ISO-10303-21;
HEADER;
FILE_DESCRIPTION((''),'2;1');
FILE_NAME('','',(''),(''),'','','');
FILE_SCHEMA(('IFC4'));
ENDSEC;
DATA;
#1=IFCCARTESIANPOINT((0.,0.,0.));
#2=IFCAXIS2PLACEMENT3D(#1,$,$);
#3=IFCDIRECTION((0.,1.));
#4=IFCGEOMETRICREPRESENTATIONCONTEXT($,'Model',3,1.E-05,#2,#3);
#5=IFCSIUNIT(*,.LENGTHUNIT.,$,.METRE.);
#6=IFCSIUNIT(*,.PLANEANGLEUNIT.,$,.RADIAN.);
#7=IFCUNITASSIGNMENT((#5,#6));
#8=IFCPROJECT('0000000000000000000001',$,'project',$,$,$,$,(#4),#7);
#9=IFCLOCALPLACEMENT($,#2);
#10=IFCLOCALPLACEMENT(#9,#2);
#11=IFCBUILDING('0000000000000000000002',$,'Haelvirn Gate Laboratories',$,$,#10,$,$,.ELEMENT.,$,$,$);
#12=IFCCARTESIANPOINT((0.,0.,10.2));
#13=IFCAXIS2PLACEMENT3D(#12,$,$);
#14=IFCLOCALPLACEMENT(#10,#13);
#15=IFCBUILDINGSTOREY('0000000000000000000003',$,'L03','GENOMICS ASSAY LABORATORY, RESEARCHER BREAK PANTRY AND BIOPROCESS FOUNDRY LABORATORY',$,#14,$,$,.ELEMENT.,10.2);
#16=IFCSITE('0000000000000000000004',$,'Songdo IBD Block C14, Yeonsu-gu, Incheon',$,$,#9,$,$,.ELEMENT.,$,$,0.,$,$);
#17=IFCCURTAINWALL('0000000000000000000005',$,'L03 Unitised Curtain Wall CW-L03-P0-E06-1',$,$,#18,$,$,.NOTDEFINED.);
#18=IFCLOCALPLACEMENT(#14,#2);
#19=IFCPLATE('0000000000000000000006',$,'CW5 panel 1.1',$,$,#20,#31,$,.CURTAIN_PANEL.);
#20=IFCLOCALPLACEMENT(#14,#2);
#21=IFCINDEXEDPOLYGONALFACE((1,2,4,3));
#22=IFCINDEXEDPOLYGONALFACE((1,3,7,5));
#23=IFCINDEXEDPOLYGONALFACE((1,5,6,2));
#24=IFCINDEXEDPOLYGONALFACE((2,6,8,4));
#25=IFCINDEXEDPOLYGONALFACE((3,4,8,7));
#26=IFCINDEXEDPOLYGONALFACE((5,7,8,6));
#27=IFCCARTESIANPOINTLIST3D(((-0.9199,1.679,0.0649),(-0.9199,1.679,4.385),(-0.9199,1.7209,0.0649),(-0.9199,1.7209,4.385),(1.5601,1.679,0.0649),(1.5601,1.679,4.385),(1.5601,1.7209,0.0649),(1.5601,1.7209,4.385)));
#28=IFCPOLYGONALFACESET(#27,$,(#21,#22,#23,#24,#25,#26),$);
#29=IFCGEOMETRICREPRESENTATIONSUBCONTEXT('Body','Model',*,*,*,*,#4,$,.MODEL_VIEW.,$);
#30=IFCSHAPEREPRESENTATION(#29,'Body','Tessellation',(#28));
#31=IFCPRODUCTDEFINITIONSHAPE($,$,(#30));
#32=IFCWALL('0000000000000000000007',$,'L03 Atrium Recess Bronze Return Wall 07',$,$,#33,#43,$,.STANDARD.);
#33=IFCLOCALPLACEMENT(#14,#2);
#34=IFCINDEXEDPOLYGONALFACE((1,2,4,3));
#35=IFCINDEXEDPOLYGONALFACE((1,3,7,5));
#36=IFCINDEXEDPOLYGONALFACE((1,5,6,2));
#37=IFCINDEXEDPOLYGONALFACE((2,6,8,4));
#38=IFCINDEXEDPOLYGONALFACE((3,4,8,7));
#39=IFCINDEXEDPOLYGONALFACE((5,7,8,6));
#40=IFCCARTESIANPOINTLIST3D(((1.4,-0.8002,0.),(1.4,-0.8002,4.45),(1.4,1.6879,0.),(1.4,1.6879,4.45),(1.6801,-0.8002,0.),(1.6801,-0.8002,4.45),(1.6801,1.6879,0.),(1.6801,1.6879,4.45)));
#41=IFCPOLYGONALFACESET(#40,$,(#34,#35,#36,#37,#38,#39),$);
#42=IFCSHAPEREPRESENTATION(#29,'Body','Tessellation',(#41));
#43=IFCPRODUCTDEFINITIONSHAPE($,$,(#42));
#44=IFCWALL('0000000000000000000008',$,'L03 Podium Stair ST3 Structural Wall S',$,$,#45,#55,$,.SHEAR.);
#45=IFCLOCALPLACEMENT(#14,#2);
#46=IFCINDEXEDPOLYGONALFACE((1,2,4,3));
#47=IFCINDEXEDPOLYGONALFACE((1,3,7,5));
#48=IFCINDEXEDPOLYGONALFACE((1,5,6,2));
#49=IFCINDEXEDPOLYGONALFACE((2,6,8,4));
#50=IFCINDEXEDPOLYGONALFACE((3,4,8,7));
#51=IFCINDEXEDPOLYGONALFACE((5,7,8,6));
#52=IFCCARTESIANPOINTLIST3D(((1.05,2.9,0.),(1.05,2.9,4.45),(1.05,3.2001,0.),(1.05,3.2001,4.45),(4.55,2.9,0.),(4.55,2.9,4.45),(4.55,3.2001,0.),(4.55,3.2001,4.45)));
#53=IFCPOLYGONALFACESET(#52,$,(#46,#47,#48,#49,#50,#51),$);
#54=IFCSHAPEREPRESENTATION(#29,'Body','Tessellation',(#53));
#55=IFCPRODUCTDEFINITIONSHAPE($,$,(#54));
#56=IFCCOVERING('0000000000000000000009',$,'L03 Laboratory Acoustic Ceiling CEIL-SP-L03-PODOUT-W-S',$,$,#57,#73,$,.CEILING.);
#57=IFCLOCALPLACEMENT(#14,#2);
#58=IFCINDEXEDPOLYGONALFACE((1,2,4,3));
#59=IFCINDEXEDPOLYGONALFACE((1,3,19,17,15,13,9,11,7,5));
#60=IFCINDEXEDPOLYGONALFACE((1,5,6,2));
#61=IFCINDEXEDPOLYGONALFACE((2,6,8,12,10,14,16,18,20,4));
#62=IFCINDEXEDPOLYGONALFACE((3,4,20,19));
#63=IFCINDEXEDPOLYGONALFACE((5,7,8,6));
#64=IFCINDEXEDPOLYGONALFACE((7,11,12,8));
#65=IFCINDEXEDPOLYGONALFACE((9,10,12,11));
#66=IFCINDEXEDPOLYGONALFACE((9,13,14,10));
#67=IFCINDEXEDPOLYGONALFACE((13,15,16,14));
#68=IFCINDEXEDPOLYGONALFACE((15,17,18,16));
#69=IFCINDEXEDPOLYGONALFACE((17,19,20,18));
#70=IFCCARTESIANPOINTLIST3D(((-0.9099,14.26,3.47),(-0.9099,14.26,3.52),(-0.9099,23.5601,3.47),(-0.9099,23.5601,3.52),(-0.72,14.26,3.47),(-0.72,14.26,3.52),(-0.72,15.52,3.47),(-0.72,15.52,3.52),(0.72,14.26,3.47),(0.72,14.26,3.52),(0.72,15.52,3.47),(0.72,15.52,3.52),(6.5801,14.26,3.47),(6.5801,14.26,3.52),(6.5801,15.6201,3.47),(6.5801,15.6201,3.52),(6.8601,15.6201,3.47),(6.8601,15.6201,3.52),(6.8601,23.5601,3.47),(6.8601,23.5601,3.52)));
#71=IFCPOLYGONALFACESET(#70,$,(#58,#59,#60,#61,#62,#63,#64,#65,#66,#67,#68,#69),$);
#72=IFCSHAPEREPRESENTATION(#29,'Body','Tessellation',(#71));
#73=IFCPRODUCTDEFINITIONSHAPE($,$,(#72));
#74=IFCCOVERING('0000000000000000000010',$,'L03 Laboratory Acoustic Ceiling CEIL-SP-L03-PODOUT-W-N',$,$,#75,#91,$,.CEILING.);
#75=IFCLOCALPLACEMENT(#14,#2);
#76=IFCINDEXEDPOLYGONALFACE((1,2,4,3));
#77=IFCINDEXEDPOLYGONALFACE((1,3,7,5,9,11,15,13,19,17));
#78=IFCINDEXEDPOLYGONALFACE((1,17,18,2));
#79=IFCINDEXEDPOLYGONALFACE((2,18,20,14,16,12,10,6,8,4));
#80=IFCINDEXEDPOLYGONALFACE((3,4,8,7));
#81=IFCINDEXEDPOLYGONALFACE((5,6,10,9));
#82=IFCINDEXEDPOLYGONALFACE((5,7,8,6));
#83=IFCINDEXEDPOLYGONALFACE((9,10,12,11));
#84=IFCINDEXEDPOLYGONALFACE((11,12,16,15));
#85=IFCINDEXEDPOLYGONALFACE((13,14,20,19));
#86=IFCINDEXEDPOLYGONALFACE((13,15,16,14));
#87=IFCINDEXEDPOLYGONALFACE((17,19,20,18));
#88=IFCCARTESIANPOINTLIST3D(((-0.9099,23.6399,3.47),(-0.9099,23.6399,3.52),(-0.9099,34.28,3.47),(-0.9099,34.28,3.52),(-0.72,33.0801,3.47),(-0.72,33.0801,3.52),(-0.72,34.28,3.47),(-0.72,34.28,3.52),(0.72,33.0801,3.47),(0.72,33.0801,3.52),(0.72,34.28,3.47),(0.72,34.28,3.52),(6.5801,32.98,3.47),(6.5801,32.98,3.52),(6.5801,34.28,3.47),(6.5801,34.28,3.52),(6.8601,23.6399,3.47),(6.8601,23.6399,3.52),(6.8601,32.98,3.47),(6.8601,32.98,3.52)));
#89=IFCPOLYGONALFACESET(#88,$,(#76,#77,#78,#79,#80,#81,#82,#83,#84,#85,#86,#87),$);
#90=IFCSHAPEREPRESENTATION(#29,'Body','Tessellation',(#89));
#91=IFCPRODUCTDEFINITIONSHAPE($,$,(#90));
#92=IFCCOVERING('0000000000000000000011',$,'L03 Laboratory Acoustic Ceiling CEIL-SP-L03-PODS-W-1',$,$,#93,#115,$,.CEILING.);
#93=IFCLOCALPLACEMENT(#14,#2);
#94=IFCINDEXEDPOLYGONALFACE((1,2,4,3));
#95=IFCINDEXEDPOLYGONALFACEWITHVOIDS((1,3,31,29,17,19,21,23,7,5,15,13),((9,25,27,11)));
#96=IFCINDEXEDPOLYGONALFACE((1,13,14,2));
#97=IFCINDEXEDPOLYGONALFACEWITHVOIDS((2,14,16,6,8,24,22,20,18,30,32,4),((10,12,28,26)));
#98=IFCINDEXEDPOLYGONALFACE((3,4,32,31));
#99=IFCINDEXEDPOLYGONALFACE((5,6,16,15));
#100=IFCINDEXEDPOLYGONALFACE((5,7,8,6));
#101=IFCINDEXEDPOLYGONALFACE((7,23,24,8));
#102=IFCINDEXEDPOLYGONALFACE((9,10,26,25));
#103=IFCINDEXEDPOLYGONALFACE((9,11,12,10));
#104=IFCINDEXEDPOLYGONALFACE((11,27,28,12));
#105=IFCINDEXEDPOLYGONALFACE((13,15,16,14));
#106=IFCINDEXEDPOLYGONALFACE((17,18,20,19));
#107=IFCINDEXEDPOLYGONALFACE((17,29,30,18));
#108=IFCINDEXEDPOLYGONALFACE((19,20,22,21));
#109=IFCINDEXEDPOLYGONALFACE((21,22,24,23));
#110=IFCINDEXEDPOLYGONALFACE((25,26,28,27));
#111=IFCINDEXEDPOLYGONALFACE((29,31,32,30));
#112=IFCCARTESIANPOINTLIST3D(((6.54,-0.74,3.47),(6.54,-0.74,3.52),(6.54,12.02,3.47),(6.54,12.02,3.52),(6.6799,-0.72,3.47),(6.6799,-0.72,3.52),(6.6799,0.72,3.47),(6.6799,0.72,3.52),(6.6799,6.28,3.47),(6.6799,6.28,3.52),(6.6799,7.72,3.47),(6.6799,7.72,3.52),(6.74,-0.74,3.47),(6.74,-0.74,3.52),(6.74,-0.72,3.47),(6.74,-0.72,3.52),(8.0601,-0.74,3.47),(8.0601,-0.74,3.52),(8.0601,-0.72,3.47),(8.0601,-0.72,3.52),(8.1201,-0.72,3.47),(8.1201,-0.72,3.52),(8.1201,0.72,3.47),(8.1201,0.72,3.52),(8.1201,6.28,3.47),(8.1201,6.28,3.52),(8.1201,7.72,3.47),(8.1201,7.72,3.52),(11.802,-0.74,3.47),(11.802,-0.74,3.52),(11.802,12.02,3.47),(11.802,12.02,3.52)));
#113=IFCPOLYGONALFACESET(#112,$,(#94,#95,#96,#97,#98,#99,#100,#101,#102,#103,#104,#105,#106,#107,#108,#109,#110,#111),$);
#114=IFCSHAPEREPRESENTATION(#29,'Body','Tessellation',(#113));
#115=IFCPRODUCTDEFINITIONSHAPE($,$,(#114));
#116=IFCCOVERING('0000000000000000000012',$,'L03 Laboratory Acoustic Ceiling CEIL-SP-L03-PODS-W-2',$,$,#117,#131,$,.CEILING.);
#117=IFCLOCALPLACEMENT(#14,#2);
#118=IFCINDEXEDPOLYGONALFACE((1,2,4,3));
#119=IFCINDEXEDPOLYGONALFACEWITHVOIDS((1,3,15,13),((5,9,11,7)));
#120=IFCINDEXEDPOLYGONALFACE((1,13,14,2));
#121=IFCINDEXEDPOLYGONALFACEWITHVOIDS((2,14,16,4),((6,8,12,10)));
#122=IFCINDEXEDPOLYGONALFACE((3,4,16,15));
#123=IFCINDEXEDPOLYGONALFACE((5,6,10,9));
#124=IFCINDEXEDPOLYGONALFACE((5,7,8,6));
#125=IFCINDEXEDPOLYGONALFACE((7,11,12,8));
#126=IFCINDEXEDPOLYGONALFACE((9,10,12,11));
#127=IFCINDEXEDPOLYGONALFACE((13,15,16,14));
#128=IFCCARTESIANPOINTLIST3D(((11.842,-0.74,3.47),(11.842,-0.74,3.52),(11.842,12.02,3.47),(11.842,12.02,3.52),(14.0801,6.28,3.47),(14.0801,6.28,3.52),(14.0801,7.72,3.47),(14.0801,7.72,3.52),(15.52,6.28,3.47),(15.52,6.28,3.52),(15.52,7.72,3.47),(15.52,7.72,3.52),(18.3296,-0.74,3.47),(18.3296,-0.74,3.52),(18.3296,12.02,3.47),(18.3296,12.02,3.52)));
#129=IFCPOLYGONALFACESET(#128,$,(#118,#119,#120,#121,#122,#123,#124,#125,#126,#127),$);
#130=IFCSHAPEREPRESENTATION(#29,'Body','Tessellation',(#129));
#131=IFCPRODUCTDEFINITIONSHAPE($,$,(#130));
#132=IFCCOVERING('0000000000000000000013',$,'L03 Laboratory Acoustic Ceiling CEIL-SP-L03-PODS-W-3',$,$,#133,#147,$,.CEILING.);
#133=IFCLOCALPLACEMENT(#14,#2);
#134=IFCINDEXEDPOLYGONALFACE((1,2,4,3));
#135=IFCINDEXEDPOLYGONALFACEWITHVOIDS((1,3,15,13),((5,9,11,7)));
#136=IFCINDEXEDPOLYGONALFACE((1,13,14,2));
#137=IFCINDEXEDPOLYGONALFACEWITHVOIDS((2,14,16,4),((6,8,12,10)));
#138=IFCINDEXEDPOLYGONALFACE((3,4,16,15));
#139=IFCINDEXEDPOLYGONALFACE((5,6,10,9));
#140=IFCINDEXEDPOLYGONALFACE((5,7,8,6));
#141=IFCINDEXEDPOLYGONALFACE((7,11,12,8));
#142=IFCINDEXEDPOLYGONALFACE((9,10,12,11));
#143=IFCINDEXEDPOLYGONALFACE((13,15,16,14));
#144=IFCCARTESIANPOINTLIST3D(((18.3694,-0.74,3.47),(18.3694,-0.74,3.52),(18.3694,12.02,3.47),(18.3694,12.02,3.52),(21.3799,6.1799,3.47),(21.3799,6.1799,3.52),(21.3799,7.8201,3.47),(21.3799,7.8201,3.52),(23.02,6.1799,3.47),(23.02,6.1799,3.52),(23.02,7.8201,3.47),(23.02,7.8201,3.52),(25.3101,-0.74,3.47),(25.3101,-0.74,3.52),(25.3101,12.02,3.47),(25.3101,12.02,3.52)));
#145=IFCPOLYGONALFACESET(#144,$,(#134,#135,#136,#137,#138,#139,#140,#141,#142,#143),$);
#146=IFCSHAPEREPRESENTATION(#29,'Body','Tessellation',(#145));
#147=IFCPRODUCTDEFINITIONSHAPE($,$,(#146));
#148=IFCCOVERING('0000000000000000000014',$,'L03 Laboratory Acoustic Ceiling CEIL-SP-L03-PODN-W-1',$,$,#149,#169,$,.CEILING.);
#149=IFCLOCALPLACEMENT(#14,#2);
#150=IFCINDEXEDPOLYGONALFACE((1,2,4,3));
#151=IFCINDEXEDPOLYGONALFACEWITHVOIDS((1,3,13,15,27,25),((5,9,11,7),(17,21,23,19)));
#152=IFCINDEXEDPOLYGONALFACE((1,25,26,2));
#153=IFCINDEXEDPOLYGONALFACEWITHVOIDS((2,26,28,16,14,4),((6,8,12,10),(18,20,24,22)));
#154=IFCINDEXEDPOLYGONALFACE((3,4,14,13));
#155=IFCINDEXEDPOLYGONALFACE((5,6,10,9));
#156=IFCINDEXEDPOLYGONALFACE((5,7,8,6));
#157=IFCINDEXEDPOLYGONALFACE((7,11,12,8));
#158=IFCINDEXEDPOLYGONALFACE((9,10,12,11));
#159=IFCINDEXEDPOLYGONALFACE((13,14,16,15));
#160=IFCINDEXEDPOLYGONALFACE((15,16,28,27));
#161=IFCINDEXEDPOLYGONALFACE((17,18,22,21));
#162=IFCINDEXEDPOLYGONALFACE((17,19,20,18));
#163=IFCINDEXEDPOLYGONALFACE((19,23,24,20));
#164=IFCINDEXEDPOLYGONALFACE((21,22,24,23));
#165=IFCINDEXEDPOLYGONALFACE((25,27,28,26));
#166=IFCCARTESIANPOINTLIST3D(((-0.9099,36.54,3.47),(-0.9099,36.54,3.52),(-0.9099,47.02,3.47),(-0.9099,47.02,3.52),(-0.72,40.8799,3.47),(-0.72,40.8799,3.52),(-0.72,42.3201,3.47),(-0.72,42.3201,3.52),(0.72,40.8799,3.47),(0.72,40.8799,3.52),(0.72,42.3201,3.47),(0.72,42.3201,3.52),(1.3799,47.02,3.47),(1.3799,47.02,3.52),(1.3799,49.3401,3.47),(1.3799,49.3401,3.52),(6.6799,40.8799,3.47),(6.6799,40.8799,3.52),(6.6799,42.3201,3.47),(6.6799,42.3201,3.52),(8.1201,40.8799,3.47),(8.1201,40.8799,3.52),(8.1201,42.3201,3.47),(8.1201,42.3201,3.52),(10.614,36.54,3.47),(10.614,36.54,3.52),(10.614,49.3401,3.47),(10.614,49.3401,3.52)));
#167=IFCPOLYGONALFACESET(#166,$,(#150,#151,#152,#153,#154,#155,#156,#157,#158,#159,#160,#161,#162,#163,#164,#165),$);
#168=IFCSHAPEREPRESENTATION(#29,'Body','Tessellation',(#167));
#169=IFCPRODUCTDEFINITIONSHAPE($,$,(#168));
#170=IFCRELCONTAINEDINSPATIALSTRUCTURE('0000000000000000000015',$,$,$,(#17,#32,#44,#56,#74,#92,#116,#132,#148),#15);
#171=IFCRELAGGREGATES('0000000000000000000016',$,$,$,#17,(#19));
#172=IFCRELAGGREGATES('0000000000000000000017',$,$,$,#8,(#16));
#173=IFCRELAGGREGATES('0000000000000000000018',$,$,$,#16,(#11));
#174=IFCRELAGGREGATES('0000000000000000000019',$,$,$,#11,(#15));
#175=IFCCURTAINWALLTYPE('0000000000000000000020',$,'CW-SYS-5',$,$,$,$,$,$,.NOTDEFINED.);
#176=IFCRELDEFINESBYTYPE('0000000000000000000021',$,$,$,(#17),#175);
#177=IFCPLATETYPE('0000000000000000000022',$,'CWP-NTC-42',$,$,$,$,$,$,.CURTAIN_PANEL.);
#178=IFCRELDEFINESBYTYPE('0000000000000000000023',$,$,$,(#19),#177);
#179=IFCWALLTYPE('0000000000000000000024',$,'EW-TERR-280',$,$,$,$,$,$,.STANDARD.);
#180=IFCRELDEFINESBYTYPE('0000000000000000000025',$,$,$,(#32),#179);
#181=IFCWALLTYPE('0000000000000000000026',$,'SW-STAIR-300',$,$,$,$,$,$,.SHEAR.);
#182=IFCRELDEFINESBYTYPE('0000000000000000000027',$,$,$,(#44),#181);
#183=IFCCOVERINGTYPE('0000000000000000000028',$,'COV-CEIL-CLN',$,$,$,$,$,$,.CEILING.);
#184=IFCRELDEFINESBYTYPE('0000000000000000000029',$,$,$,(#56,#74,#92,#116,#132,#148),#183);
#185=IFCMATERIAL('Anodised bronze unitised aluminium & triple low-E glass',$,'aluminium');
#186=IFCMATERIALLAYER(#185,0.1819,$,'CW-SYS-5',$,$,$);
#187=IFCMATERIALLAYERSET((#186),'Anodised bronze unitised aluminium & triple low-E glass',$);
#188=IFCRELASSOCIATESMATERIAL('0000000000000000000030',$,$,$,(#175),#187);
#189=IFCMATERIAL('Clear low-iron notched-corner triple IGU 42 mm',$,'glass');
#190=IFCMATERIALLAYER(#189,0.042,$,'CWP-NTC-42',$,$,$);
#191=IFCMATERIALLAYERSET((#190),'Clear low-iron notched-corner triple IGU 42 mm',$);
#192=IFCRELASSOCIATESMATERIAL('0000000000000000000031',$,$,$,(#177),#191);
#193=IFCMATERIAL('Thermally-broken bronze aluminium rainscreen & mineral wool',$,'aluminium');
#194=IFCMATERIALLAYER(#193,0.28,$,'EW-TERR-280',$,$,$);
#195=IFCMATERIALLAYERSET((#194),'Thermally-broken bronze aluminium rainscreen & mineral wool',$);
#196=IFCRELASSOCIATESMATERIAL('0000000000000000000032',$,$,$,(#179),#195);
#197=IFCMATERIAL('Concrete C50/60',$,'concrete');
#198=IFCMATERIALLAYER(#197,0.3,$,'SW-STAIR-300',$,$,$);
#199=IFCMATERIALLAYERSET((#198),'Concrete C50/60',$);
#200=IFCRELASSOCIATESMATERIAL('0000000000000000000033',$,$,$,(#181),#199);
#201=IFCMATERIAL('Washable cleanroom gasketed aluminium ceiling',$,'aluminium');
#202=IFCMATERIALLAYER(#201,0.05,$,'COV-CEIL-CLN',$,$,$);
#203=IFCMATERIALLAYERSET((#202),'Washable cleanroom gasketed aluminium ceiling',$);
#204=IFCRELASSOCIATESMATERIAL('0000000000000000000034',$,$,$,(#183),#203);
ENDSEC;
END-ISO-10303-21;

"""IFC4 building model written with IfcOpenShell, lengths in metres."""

from ifc_helpers import new_model, si_unit, direction, frame, frame_2d, origin, origin_2d, place, context, subcontext, project, spatial, polyline, rectangle, outline, extrude, source, transform, mapped, material, layer, layer_set, type_object, type_shapes, element, aggregate, save


model = new_model("IFC4")

# Units and contexts
model_context = context("Model", 3, precision=1e-05, world=origin(), true_north=direction((0.0, 1.0)))
body_context = subcontext(model_context, "Body", "Model", "MODEL_VIEW")
ifc_project = project(units=[si_unit("LENGTHUNIT", "METRE"), si_unit("PLANEANGLEUNIT", "RADIAN")], contexts=[model_context])

# Site, building, storey
site_placement = place(None, origin())
site = spatial("IfcSite", under=ifc_project, at=site_placement, Name="Songdo IBD Block C14, Yeonsu-gu, Incheon", CompositionType="ELEMENT", RefElevation=0.0)
building_placement = place(site_placement, origin())
building = spatial("IfcBuilding", under=site, at=building_placement, Name="Haelvirn Gate Laboratories", CompositionType="ELEMENT")
storey_placement = place(building_placement, frame((0.0, 0.0, 10.2)))
storey = spatial("IfcBuildingStorey", under=building, at=storey_placement, Name="L03", Description="GENOMICS ASSAY LABORATORY, RESEARCHER BREAK PANTRY AND BIOPROCESS FOUNDRY LABORATORY", CompositionType="ELEMENT", Elevation=10.2)

# Curtain wall
ifc_material_1 = material(Name="Anodised bronze unitised aluminium & triple low-E glass", Category="aluminium")
ifc_layer_1 = layer(ifc_material_1, 0.1819, Name="CW-SYS-5")
ifc_layer_set_1 = layer_set([ifc_layer_1], Name="Anodised bronze unitised aluminium & triple low-E glass")
curtain_wall_type_1 = type_object("IfcCurtainWallType", Name="CW-SYS-5", PredefinedType="NOTDEFINED", material=ifc_layer_set_1)
curtain_wall_1_placement = place(storey_placement, origin())
curtain_wall_1 = element("IfcCurtainWall", 1, at=curtain_wall_1_placement, inside=storey, type_object=curtain_wall_type_1, Name="L03 Unitised Curtain Wall CW-L03-P0-E06-1", PredefinedType="NOTDEFINED")

# Shared definitions
ifc_material_2 = material(Name="Concrete C50/60", Category="concrete")

# Plate
ifc_material_3 = material(Name="Clear low-iron notched-corner triple IGU 42 mm", Category="glass")
ifc_layer_2 = layer(ifc_material_3, 0.042, Name="CWP-NTC-42")
ifc_layer_set_2 = layer_set([ifc_layer_2], Name="Clear low-iron notched-corner triple IGU 42 mm")
plate_type_1 = type_object("IfcPlateType", Name="CWP-NTC-42", PredefinedType="CURTAIN_PANEL", material=ifc_layer_set_2)
shared_shape_1 = source(origin(), body_context, "Body", "SweptSolid", [
    extrude(rectangle(XDim=2.48, YDim=0.042, at=origin_2d()), origin(), (0.0, 0.0, 1.0), 4.3201),
])
type_shapes(plate_type_1, [shared_shape_1])
plate_1_placement = place(storey_placement, frame((0.3201, 1.7, 0.0649), z_axis=(0.0, 0.0, 1.0), x_axis=(1.0, 0.0, 0.0)))
plate_1 = element("IfcPlate", 2, at=plate_1_placement, type_object=plate_type_1, Name="CW5 panel 1.1", PredefinedType="CURTAIN_PANEL", context=body_context, shape_type="MappedRepresentation", body=[
    mapped(shared_shape_1, transform((0.0, 0.0, 0.0), scale=1.0)),
])
aggregate(curtain_wall_1, [plate_1])

# Walls
ifc_material_4 = material(Name="Thermally-broken bronze aluminium rainscreen & mineral wool", Category="aluminium")
ifc_layer_3 = layer(ifc_material_4, 0.28, Name="EW-TERR-280")
ifc_layer_set_3 = layer_set([ifc_layer_3], Name="Thermally-broken bronze aluminium rainscreen & mineral wool")
wall_type_1 = type_object("IfcWallType", Name="EW-TERR-280", PredefinedType="STANDARD", material=ifc_layer_set_3)
wall_1_placement = place(storey_placement, frame((1.54, 1.688, 0.0), z_axis=(0.0, 0.0, 1.0), x_axis=(0.0, -1.0, 0.0)))
element("IfcWall", 3, at=wall_1_placement, inside=storey, type_object=wall_type_1, Name="L03 Atrium Recess Bronze Return Wall 07", PredefinedType="STANDARD", context=body_context, shape_type="SweptSolid", body=[
    extrude(rectangle(XDim=2.488, YDim=0.28, at=frame_2d((1.2441, 0.0))), origin(), (0.0, 0.0, 1.0), 4.45),
])
ifc_layer_4 = layer(ifc_material_2, 0.3, Name="SW-STAIR-300")
ifc_layer_set_4 = layer_set([ifc_layer_4], Name="Concrete C50/60")
wall_type_2 = type_object("IfcWallType", Name="SW-STAIR-300", PredefinedType="SHEAR", material=ifc_layer_set_4)
wall_2_placement = place(storey_placement, frame((1.05, 3.05, 0.0), z_axis=(0.0, 0.0, 1.0), x_axis=(1.0, 0.0, 0.0)))
element("IfcWall", 4, at=wall_2_placement, inside=storey, type_object=wall_type_2, Name="L03 Podium Stair ST3 Structural Wall S", PredefinedType="SHEAR", context=body_context, shape_type="SweptSolid", body=[
    extrude(rectangle(XDim=3.5, YDim=0.3, at=frame_2d((1.75, 0.0))), origin(), (0.0, 0.0, 1.0), 4.45),
])

# Coverings
ifc_material_5 = material(Name="Washable cleanroom gasketed aluminium ceiling", Category="aluminium")
ifc_layer_5 = layer(ifc_material_5, 0.05, Name="COV-CEIL-CLN")
ifc_layer_set_5 = layer_set([ifc_layer_5], Name="Washable cleanroom gasketed aluminium ceiling")
covering_type_1 = type_object("IfcCoveringType", Name="COV-CEIL-CLN", PredefinedType="CEILING", material=ifc_layer_set_5)
covering_1_placement = place(storey_placement, frame((0.0, 0.0, 3.47)))
element("IfcCovering", 5, at=covering_1_placement, inside=storey, type_object=covering_type_1, Name="L03 Laboratory Acoustic Ceiling CEIL-SP-L03-PODOUT-W-S", PredefinedType="CEILING", context=body_context, shape_type="SweptSolid", body=[
    extrude(outline(polyline([(-0.9099, 14.26), (-0.9099, 23.5601), (6.8601, 23.5601), (6.8601, 15.6201), (6.5801, 15.6201), (6.5801, 14.26), (0.72, 14.26), (0.72, 15.52), (-0.72, 15.52), (-0.72, 14.26), (-0.9099, 14.26)])), origin(), (0.0, 0.0, 1.0), 0.05),
])
covering_2_placement = place(storey_placement, frame((0.0, 0.0, 3.47)))
element("IfcCovering", 6, at=covering_2_placement, inside=storey, type_object=covering_type_1, Name="L03 Laboratory Acoustic Ceiling CEIL-SP-L03-PODOUT-W-N", PredefinedType="CEILING", context=body_context, shape_type="SweptSolid", body=[
    extrude(outline(polyline([(6.5801, 34.28), (6.5801, 32.98), (6.8601, 32.98), (6.8601, 23.6399), (-0.9099, 23.6399), (-0.9099, 34.28), (-0.72, 34.28), (-0.72, 33.0801), (0.72, 33.0801), (0.72, 34.28), (6.5801, 34.28)])), origin(), (0.0, 0.0, 1.0), 0.05),
])
covering_3_placement = place(storey_placement, frame((0.0, 0.0, 3.47)))
element("IfcCovering", 7, at=covering_3_placement, inside=storey, type_object=covering_type_1, Name="L03 Laboratory Acoustic Ceiling CEIL-SP-L03-PODS-W-1", PredefinedType="CEILING", context=body_context, shape_type="SweptSolid", body=[
    extrude(outline(polyline([(8.0601, -0.72), (8.1201, -0.72), (8.1201, 0.72), (6.6799, 0.72), (6.6799, -0.72), (6.74, -0.72), (6.74, -0.74), (6.54, -0.74), (6.54, 12.02), (11.802, 12.02), (11.802, -0.74), (8.0601, -0.74), (8.0601, -0.72)]), holes=[polyline([(6.6799, 7.72), (6.6799, 6.28), (8.1201, 6.28), (8.1201, 7.72), (6.6799, 7.72)])]), origin(), (0.0, 0.0, 1.0), 0.05),
])
covering_4_placement = place(storey_placement, frame((0.0, 0.0, 3.47)))
element("IfcCovering", 8, at=covering_4_placement, inside=storey, type_object=covering_type_1, Name="L03 Laboratory Acoustic Ceiling CEIL-SP-L03-PODS-W-2", PredefinedType="CEILING", context=body_context, shape_type="SweptSolid", body=[
    extrude(outline(polyline([(18.3296, -0.74), (11.842, -0.74), (11.842, 12.02), (18.3296, 12.02), (18.3296, -0.74)]), holes=[polyline([(15.52, 7.72), (14.0801, 7.72), (14.0801, 6.28), (15.52, 6.28), (15.52, 7.72)])]), origin(), (0.0, 0.0, 1.0), 0.05),
])
covering_5_placement = place(storey_placement, frame((0.0, 0.0, 3.47)))
element("IfcCovering", 9, at=covering_5_placement, inside=storey, type_object=covering_type_1, Name="L03 Laboratory Acoustic Ceiling CEIL-SP-L03-PODS-W-3", PredefinedType="CEILING", context=body_context, shape_type="SweptSolid", body=[
    extrude(outline(polyline([(25.3101, -0.74), (18.3694, -0.74), (18.3694, 12.02), (25.3101, 12.02), (25.3101, -0.74)]), holes=[polyline([(23.02, 7.8201), (21.3799, 7.8201), (21.3799, 6.1799), (23.02, 6.1799), (23.02, 7.8201)])]), origin(), (0.0, 0.0, 1.0), 0.05),
])
covering_6_placement = place(storey_placement, frame((0.0, 0.0, 3.47)))
element("IfcCovering", 10, at=covering_6_placement, inside=storey, type_object=covering_type_1, Name="L03 Laboratory Acoustic Ceiling CEIL-SP-L03-PODN-W-1", PredefinedType="CEILING", context=body_context, shape_type="SweptSolid", body=[
    extrude(outline(polyline([(1.3799, 49.3401), (10.614, 49.3401), (10.614, 36.54), (-0.9099, 36.54), (-0.9099, 47.02), (1.3799, 47.02), (1.3799, 49.3401)]), holes=[polyline([(6.6799, 42.3201), (6.6799, 40.8799), (8.1201, 40.8799), (8.1201, 42.3201), (6.6799, 42.3201)]), polyline([(0.72, 42.3201), (-0.72, 42.3201), (-0.72, 40.8799), (0.72, 40.8799), (0.72, 42.3201)])]), origin(), (0.0, 0.0, 1.0), 0.05),
])

save(model, "model.ifc")
